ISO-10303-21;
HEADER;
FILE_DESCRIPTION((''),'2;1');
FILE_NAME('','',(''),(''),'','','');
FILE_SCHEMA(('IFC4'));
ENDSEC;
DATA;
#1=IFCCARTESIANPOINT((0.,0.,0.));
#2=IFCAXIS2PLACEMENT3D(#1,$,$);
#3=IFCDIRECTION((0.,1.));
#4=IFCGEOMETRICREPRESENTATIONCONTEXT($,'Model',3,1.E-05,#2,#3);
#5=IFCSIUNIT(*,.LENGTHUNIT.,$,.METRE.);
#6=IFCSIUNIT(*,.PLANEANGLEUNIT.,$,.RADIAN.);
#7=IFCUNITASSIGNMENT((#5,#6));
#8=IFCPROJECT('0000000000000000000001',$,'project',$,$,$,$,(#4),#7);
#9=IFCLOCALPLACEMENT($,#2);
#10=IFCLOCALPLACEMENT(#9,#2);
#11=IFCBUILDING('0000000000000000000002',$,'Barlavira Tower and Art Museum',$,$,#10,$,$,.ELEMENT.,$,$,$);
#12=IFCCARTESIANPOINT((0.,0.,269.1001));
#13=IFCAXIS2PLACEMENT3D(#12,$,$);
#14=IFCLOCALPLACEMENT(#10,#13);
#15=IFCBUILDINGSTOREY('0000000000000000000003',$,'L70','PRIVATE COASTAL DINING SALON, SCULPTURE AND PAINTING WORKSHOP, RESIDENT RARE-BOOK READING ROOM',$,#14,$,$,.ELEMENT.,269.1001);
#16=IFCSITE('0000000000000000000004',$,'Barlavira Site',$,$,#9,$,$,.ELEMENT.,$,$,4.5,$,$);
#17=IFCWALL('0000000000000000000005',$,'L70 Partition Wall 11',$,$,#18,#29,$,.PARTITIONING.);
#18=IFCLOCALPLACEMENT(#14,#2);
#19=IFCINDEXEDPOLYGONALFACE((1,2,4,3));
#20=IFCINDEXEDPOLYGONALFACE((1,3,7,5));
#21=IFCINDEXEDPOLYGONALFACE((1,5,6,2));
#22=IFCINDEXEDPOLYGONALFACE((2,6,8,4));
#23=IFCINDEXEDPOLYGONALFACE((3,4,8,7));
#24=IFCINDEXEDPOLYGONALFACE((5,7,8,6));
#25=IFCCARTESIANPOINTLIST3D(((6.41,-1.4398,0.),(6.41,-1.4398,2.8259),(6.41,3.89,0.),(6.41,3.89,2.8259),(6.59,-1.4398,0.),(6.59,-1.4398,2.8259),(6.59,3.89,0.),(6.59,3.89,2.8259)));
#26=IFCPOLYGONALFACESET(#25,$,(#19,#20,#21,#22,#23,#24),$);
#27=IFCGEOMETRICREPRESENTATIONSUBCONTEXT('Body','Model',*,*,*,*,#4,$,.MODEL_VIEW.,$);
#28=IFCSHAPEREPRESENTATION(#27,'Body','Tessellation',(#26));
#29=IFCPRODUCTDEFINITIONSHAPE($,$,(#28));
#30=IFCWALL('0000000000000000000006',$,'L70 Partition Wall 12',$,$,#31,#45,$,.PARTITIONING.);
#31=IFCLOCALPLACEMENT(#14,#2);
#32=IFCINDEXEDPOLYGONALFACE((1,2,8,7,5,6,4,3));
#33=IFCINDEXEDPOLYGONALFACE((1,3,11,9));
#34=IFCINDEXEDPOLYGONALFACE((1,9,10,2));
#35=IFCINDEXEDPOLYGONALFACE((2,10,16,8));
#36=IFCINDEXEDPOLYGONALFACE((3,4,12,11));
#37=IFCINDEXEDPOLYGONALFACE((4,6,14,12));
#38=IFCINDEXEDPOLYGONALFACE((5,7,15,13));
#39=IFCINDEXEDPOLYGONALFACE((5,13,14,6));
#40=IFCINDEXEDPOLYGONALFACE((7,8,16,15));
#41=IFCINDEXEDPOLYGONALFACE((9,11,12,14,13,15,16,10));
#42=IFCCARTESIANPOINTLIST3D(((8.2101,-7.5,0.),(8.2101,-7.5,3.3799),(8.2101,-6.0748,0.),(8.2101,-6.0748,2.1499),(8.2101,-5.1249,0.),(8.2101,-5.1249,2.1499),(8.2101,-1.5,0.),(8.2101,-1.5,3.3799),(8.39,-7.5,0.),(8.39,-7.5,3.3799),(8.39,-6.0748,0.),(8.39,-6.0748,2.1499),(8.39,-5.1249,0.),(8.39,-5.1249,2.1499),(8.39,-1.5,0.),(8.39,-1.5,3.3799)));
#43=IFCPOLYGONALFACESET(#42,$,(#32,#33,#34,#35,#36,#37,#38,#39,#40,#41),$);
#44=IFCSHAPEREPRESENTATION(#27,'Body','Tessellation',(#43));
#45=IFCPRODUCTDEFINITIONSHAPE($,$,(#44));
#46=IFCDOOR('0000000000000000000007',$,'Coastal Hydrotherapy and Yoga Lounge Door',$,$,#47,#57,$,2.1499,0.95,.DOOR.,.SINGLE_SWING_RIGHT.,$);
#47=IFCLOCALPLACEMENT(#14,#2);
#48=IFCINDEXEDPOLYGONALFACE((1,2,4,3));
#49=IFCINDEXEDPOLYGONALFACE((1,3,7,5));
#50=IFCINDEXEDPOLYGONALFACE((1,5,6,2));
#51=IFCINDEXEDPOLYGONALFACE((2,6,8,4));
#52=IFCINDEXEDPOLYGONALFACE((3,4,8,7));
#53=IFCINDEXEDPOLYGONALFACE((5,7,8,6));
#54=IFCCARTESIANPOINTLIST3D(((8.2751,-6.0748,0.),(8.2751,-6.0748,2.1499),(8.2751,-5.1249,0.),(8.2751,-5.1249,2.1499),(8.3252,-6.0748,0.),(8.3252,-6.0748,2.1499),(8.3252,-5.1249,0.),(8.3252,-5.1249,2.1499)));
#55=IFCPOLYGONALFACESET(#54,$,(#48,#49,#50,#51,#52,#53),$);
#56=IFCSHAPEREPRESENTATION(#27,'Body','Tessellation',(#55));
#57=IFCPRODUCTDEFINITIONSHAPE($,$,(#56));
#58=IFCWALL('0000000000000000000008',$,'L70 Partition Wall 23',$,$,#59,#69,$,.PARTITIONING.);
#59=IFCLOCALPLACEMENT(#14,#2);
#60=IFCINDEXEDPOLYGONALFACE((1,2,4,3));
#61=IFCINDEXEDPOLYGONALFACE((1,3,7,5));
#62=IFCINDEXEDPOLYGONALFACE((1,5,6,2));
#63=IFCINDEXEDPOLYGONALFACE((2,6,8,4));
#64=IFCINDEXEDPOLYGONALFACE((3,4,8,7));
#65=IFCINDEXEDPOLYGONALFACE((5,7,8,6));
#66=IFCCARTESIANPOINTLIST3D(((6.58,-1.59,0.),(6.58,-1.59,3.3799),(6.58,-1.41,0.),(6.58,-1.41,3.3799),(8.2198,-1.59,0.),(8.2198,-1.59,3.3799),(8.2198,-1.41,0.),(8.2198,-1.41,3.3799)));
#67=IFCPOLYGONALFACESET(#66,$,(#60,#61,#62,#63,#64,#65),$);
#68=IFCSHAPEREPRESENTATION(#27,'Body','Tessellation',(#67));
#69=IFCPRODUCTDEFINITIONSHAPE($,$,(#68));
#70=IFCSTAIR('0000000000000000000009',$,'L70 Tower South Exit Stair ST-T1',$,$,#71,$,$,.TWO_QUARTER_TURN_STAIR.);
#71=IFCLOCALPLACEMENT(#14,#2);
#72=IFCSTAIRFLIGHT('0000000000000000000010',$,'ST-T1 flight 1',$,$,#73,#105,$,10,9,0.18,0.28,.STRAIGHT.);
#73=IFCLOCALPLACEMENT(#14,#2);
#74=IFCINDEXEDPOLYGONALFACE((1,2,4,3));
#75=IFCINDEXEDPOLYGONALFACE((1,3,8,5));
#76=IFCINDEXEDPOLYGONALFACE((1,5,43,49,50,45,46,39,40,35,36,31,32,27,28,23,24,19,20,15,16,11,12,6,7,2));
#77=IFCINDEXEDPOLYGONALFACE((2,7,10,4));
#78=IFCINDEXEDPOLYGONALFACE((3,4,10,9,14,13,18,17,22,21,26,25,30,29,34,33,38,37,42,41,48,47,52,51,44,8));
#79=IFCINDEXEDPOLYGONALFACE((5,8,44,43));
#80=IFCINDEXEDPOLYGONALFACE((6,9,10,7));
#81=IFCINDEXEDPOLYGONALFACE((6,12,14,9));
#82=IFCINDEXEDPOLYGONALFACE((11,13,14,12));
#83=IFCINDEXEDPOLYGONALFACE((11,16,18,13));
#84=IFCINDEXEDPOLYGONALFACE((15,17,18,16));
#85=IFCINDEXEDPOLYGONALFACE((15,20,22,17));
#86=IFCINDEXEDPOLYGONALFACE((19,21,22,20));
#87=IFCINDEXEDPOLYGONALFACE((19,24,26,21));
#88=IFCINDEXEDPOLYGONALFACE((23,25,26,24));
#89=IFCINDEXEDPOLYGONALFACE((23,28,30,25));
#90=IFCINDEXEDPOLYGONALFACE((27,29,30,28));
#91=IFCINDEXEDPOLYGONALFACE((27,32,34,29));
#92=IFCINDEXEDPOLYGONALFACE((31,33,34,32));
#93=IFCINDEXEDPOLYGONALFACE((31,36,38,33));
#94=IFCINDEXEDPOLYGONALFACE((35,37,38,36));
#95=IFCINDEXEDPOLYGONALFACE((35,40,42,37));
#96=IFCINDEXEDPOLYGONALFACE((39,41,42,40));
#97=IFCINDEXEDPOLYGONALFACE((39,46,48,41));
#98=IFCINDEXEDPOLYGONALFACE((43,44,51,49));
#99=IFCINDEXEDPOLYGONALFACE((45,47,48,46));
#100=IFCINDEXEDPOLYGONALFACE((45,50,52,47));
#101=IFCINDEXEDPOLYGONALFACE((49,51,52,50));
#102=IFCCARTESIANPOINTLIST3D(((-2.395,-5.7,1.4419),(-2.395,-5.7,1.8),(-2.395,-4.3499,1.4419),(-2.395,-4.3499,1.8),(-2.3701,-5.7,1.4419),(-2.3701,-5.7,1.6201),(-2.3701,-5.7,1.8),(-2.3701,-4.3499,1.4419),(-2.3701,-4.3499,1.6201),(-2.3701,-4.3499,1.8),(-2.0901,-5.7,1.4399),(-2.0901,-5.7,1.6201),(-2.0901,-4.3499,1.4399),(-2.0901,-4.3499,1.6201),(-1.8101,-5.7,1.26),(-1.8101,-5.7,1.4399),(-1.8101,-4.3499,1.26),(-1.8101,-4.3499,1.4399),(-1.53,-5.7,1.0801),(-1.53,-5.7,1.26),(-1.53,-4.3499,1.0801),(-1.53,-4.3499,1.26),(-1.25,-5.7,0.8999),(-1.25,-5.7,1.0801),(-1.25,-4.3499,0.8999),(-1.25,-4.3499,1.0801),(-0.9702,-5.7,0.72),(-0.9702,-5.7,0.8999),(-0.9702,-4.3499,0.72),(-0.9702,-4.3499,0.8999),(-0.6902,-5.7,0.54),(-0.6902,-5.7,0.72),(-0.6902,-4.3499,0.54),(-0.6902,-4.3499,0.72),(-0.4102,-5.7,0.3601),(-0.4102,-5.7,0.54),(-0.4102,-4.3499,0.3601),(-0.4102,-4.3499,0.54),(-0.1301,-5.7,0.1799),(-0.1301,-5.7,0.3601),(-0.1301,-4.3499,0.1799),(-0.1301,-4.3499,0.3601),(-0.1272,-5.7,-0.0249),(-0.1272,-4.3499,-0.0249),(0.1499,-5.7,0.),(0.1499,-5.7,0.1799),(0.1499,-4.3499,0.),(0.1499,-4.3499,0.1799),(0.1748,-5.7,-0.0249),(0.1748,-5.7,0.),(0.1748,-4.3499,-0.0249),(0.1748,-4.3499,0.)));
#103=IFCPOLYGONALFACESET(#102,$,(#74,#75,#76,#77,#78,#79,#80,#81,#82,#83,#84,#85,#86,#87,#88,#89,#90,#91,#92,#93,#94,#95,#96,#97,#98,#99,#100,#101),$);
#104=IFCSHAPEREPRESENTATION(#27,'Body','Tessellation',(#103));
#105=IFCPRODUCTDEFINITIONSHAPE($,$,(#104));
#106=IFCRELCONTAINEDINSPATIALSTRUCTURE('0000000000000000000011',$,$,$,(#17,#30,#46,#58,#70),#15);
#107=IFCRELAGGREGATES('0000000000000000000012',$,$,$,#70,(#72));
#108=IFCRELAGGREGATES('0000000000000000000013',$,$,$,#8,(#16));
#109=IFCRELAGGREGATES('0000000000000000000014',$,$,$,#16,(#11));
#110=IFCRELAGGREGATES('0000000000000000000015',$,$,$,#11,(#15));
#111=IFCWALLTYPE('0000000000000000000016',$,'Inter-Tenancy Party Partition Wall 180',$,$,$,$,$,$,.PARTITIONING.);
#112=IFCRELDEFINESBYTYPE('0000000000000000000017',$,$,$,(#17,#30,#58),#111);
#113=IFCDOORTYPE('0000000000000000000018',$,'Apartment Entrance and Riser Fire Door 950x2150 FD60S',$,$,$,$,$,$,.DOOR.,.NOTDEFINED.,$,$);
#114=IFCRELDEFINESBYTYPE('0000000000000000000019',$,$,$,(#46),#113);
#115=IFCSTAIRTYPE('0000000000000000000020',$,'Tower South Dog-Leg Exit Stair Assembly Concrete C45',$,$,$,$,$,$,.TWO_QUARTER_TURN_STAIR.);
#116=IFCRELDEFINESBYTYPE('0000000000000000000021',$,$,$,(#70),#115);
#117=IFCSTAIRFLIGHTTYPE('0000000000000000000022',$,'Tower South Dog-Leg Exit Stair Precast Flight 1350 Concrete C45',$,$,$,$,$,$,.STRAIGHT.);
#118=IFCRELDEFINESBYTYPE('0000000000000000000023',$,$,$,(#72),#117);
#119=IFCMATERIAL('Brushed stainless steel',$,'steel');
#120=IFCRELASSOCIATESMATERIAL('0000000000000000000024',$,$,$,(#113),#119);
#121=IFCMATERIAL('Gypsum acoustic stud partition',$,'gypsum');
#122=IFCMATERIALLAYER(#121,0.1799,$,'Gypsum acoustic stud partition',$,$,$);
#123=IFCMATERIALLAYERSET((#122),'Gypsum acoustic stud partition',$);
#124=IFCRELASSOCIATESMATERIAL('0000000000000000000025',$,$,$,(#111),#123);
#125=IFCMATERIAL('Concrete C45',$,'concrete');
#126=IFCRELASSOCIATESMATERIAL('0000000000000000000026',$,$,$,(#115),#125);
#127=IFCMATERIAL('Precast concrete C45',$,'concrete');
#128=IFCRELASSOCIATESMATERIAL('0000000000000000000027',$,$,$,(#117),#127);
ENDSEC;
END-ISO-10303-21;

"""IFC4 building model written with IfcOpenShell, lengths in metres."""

from ifc_helpers import new_model, si_unit, direction, frame, frame_2d, origin, place, context, subcontext, project, spatial, polyline, rectangle, outline, extrude, material, layer, layer_set, type_object, element, fill, aggregate, save


model = new_model("IFC4")

# Units and contexts
model_context = context("Model", 3, precision=1e-05, world=origin(), true_north=direction((0.0, 1.0)))
body_context = subcontext(model_context, "Body", "Model", "MODEL_VIEW")
ifc_project = project(units=[si_unit("LENGTHUNIT", "METRE"), si_unit("PLANEANGLEUNIT", "RADIAN")], contexts=[model_context])

# Site, building, storey
site_placement = place(None, origin())
site = spatial("IfcSite", under=ifc_project, at=site_placement, Name="Barlavira Site", CompositionType="ELEMENT", RefElevation=4.5)
building_placement = place(site_placement, origin())
building = spatial("IfcBuilding", under=site, at=building_placement, Name="Barlavira Tower and Art Museum", CompositionType="ELEMENT")
storey_placement = place(building_placement, frame((0.0, 0.0, 269.1001)))
storey = spatial("IfcBuildingStorey", under=building, at=storey_placement, Name="L70", Description="PRIVATE COASTAL DINING SALON, SCULPTURE AND PAINTING WORKSHOP, RESIDENT RARE-BOOK READING ROOM", CompositionType="ELEMENT", Elevation=269.1001)

# Shared definitions
ifc_material_1 = material(Name="Brushed stainless steel", Category="steel")

# Shared definitions
door_type_1 = type_object("IfcDoorType", Name="Apartment Entrance and Riser Fire Door 950x2150 FD60S", OperationType="NOTDEFINED", PredefinedType="DOOR", material=ifc_material_1)

# Wall
ifc_material_2 = material(Name="Gypsum acoustic stud partition", Category="gypsum")
ifc_layer_1 = layer(ifc_material_2, 0.1799, Name="Gypsum acoustic stud partition")
ifc_layer_set_1 = layer_set([ifc_layer_1], Name="Gypsum acoustic stud partition")
wall_type_1 = type_object("IfcWallType", Name="Inter-Tenancy Party Partition Wall 180", PredefinedType="PARTITIONING", material=ifc_layer_set_1)
wall_1_placement = place(storey_placement, frame((6.5, -1.4399, 0.0), z_axis=(0.0, 0.0, 1.0), x_axis=(0.0, 1.0, 0.0)))
element("IfcWall", 1, at=wall_1_placement, inside=storey, type_object=wall_type_1, Name="L70 Partition Wall 11", PredefinedType="PARTITIONING", context=body_context, shape_type="SweptSolid", body=[
    extrude(rectangle(XDim=5.3298, YDim=0.1799, at=frame_2d((2.665, 0.0))), origin(), (0.0, 0.0, 1.0), 2.8259),
])

# Wall, opening, door
wall_2_placement = place(storey_placement, frame((8.3, -7.5, 0.0), z_axis=(0.0, 0.0, 1.0), x_axis=(0.0, 1.0, 0.0)))
wall_2 = element("IfcWall", 2, at=wall_2_placement, inside=storey, type_object=wall_type_1, Name="L70 Partition Wall 12", PredefinedType="PARTITIONING", context=body_context, shape_type="SweptSolid", body=[
    extrude(rectangle(XDim=6.0, YDim=0.1799, at=frame_2d((3.0, 0.0))), origin(), (0.0, 0.0, 1.0), 3.3799),
])
opening_1_placement = place(wall_2_placement, frame((1.425, 0.0, 0.0)))
opening_1 = element("IfcOpeningElement", 3, at=opening_1_placement, cuts=wall_2, PredefinedType="OPENING", context=body_context, shape_type="SweptSolid", body=[
    extrude(rectangle(XDim=0.95, YDim=2.1499, at=frame_2d((0.4751, 1.075))), frame((0.0, 0.1001, 0.0), z_axis=(0.0, -1.0, 0.0), x_axis=(1.0, 0.0, 0.0)), (0.0, 0.0, 1.0), 0.2),
])
door_1_placement = place(opening_1_placement, origin())
door_1 = element("IfcDoor", 4, at=door_1_placement, inside=storey, type_object=door_type_1, Name="Coastal Hydrotherapy and Yoga Lounge Door", OperationType="SINGLE_SWING_RIGHT", OverallHeight=2.1499, OverallWidth=0.95, PredefinedType="DOOR", context=body_context, shape_type="SweptSolid", body=[
    extrude(rectangle(XDim=0.95, YDim=2.1499, at=frame_2d((0.4751, 1.075))), frame((0.0, 0.0249, 0.0), z_axis=(0.0, -1.0, 0.0), x_axis=(1.0, 0.0, 0.0)), (0.0, 0.0, 1.0), 0.05),
])
fill(opening_1, door_1)

# Wall
wall_3_placement = place(storey_placement, frame((6.5801, -1.5, 0.0), z_axis=(0.0, 0.0, 1.0), x_axis=(1.0, 0.0, 0.0)))
element("IfcWall", 5, at=wall_3_placement, inside=storey, type_object=wall_type_1, Name="L70 Partition Wall 23", PredefinedType="PARTITIONING", context=body_context, shape_type="SweptSolid", body=[
    extrude(rectangle(XDim=1.6399, YDim=0.1799, at=frame_2d((0.8198, 0.0))), origin(), (0.0, 0.0, 1.0), 3.3799),
])

# Stair, stair flight
ifc_material_3 = material(Name="Concrete C45", Category="concrete")
stair_type = type_object("IfcStairType", Name="Tower South Dog-Leg Exit Stair Assembly Concrete C45", PredefinedType="TWO_QUARTER_TURN_STAIR", material=ifc_material_3)
stair_placement = place(storey_placement, origin())
stair = element("IfcStair", 6, at=stair_placement, inside=storey, type_object=stair_type, Name="L70 Tower South Exit Stair ST-T1", PredefinedType="TWO_QUARTER_TURN_STAIR")
ifc_material_4 = material(Name="Precast concrete C45", Category="concrete")
stair_flight_type = type_object("IfcStairFlightType", Name="Tower South Dog-Leg Exit Stair Precast Flight 1350 Concrete C45", PredefinedType="STRAIGHT", material=ifc_material_4)
stair_flight_placement = place(storey_placement, frame((0.1499, -5.0249, 0.0), z_axis=(0.0, 0.0, 1.0), x_axis=(-1.0, 0.0, 0.0)))
stair_flight = element("IfcStairFlight", 7, at=stair_flight_placement, type_object=stair_flight_type, Name="ST-T1 flight 1", NumberOfRisers=10, NumberOfTreads=9, PredefinedType="STRAIGHT", RiserHeight=0.18, TreadLength=0.28, context=body_context, shape_type="SweptSolid", body=[
    extrude(outline(polyline([(-0.0249, 0.0), (0.0, 0.0), (0.0, 0.1799), (0.28, 0.1799), (0.28, 0.3601), (0.5601, 0.3601), (0.5601, 0.54), (0.8401, 0.54), (0.8401, 0.72), (1.1201, 0.72), (1.1201, 0.8999), (1.3999, 0.8999), (1.3999, 1.0801), (1.6799, 1.0801), (1.6799, 1.26), (1.96, 1.26), (1.96, 1.4399), (2.24, 1.4399), (2.24, 1.6201), (2.52, 1.6201), (2.52, 1.8), (2.5449, 1.8), (2.5449, 1.4419), (2.52, 1.4419), (0.2771, -0.0249), (-0.0249, -0.0249), (-0.0249, 0.0)])), frame((0.0, 0.675, 0.0), z_axis=(0.0, -1.0, 0.0), x_axis=(1.0, 0.0, 0.0)), (0.0, 0.0, 1.0), 1.3501),
])
aggregate(stair, [stair_flight])

save(model, "model.ifc")
